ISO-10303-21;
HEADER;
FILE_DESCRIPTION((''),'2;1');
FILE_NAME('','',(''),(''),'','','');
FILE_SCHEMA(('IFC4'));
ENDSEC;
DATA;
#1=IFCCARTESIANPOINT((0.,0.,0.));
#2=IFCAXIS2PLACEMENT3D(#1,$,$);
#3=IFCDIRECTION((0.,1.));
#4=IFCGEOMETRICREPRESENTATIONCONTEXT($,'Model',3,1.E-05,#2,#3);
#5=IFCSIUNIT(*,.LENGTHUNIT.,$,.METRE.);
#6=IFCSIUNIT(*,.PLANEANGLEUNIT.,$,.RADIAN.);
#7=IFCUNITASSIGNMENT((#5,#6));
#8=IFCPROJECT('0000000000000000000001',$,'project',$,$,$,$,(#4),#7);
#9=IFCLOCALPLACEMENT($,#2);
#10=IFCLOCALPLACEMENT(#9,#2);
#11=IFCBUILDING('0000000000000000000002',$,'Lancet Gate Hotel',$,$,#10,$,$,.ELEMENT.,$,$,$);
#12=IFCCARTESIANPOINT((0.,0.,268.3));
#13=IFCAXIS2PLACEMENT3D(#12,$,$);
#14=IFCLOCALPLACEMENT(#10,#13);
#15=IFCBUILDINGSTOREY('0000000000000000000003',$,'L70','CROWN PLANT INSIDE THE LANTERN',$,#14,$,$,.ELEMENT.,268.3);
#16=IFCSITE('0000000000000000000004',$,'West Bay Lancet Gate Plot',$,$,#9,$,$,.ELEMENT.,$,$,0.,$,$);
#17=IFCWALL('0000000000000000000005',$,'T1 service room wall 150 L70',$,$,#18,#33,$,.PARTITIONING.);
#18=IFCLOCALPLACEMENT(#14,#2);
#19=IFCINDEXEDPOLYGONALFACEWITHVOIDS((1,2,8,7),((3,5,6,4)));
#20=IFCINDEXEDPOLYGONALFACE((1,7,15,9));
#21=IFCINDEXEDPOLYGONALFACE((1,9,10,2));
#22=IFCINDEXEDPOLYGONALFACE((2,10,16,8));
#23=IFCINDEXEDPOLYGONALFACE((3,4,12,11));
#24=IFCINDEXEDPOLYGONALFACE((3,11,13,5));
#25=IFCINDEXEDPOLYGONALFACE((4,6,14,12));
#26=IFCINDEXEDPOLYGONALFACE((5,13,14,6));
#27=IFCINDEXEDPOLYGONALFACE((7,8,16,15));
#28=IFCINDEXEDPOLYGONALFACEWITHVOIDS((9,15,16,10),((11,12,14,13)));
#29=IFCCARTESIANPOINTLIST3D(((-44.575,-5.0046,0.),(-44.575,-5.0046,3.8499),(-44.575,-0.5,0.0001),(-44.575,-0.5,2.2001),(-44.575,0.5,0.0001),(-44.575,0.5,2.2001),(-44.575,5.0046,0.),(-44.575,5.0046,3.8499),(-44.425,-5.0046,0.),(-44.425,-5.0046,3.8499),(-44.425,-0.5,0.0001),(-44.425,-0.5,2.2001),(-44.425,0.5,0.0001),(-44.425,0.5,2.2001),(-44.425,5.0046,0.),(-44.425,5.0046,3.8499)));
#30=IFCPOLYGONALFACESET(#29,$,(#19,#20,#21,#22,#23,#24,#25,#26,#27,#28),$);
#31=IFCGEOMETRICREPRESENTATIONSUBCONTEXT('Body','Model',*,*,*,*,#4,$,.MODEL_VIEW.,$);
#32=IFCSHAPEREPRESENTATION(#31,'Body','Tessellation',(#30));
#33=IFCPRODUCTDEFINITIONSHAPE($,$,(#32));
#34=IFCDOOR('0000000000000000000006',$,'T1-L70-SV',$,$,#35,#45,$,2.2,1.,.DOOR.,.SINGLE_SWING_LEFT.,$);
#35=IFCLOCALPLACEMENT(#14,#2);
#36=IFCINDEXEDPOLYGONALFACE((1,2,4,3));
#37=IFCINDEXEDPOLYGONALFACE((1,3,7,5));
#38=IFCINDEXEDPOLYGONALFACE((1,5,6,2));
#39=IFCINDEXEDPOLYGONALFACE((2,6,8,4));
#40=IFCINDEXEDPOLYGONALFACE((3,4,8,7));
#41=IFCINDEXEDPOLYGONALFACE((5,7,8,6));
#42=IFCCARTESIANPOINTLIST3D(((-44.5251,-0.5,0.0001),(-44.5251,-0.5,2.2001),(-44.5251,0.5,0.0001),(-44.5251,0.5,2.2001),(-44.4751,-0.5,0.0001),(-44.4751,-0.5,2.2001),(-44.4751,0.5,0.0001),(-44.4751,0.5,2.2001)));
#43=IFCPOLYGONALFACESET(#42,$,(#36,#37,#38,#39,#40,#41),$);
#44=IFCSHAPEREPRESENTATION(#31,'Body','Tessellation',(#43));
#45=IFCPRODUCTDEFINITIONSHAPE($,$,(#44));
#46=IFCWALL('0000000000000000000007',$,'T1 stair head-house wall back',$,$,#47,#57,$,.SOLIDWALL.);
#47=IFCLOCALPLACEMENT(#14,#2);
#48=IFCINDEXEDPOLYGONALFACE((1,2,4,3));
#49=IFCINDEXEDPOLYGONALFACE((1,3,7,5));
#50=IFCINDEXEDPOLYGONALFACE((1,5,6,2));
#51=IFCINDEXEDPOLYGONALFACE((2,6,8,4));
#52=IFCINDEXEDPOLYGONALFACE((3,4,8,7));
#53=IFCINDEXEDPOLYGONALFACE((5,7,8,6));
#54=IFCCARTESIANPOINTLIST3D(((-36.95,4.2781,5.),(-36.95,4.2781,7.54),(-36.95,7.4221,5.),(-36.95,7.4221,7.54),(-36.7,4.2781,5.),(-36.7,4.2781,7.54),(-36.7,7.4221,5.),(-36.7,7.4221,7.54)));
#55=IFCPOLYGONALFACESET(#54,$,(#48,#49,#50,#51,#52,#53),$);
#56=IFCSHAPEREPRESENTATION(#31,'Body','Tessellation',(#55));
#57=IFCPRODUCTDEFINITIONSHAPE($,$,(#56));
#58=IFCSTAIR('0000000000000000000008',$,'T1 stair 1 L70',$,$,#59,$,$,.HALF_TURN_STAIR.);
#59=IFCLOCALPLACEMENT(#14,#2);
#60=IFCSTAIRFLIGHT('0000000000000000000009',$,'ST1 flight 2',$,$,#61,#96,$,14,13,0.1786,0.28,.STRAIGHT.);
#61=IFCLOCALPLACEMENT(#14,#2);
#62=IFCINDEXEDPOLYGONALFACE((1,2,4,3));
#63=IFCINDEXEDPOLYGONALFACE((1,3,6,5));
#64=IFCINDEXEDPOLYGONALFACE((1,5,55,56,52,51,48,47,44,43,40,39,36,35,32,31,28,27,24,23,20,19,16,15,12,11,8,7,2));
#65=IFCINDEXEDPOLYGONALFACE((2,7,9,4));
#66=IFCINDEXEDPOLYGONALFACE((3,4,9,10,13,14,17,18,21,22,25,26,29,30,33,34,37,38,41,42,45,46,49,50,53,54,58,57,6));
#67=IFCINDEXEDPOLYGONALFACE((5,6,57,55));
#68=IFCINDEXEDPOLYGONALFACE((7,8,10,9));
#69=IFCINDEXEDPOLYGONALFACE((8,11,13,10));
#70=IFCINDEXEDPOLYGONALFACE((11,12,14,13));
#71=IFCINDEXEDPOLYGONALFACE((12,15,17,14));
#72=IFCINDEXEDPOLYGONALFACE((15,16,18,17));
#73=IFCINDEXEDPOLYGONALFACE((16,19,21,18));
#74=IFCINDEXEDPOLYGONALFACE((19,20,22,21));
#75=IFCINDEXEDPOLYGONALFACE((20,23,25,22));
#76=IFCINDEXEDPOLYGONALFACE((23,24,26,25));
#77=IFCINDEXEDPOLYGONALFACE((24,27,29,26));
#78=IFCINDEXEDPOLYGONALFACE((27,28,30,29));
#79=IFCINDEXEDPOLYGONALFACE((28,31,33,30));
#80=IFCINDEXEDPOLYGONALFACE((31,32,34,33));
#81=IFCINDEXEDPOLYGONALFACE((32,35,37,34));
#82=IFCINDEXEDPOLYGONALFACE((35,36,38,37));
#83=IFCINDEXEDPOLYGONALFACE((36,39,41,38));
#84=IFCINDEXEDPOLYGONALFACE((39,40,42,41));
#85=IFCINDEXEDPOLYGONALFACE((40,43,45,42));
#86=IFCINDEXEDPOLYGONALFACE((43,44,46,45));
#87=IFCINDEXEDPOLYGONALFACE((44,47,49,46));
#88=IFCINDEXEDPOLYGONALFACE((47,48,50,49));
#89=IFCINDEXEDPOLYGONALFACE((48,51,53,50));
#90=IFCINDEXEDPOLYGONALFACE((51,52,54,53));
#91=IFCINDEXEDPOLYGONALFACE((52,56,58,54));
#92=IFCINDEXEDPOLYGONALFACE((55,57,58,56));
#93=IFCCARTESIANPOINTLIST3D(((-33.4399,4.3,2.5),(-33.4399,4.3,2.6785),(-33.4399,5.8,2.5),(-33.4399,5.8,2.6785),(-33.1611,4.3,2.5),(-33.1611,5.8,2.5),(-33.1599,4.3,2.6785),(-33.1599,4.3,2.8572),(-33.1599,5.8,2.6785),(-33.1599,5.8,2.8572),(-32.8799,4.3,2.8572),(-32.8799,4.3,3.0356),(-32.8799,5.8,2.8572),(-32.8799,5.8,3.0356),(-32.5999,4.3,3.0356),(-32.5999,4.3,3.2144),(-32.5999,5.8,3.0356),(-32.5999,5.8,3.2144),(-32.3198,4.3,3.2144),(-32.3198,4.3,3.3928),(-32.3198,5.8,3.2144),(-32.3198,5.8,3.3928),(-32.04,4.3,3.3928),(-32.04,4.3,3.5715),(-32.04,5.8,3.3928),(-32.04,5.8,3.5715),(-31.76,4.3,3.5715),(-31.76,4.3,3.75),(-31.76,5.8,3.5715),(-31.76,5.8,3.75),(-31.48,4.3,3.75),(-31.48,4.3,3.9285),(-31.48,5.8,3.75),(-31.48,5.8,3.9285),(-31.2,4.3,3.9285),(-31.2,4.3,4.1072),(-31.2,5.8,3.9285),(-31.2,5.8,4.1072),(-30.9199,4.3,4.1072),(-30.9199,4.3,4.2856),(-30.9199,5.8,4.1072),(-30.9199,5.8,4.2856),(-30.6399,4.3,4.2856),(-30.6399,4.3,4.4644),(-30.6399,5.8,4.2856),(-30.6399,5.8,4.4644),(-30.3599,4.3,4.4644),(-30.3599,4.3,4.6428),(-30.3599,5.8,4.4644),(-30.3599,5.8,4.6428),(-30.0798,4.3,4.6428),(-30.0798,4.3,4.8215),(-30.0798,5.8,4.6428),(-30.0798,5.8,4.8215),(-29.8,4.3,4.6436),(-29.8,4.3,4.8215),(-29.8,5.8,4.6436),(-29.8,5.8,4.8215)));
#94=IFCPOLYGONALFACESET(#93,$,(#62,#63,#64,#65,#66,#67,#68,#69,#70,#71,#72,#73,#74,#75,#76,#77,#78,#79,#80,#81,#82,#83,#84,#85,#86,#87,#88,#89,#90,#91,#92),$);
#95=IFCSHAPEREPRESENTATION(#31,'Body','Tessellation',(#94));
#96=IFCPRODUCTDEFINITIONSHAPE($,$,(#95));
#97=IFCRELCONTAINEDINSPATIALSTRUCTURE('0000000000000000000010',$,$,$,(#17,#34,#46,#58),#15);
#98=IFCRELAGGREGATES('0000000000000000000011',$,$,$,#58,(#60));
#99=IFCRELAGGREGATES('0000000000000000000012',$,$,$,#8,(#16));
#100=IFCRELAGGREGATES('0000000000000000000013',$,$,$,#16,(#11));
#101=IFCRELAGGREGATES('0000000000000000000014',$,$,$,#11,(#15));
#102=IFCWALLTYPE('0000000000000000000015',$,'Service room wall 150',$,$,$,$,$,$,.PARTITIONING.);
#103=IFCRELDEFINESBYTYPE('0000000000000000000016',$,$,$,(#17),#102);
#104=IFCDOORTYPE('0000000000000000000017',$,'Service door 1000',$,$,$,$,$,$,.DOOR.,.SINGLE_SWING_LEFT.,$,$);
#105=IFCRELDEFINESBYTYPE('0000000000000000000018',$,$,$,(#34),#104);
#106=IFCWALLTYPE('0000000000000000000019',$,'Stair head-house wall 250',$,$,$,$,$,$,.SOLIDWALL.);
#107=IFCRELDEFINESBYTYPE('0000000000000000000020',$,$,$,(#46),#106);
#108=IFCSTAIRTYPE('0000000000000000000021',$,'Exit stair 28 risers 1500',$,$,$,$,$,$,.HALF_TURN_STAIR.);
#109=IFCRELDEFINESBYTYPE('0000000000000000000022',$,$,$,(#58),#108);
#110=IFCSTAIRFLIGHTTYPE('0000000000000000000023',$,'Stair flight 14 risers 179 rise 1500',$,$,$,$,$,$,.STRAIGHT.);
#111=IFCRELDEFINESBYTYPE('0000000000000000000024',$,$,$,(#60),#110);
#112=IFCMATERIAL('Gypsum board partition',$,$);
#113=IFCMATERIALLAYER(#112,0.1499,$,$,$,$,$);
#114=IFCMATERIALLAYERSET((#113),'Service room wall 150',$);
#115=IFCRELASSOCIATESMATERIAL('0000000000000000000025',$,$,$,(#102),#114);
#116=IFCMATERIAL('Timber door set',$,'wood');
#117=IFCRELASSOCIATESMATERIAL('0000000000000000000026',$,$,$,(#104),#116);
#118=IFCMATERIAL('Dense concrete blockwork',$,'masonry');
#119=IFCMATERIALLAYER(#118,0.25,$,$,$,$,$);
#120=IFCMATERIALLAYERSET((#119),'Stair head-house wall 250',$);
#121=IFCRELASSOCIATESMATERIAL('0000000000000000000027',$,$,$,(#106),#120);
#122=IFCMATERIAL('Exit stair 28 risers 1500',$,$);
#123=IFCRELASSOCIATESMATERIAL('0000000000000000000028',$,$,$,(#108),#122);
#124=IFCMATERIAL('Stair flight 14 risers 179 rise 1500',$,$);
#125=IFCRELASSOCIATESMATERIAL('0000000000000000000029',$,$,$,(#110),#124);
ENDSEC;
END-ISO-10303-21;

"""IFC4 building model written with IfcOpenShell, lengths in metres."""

from ifc_helpers import new_model, si_unit, direction, frame, frame_2d, origin, place, context, subcontext, project, spatial, polyline, rectangle, outline, extrude, material, layer, layer_set, type_object, element, fill, aggregate, save


model = new_model("IFC4")

# Units and contexts
model_context = context("Model", 3, precision=1e-05, world=origin(), true_north=direction((0.0, 1.0)))
body_context = subcontext(model_context, "Body", "Model", "MODEL_VIEW")
ifc_project = project(units=[si_unit("LENGTHUNIT", "METRE"), si_unit("PLANEANGLEUNIT", "RADIAN")], contexts=[model_context])

# Site, building, storey
site_placement = place(None, origin())
site = spatial("IfcSite", under=ifc_project, at=site_placement, Name="West Bay Lancet Gate Plot", CompositionType="ELEMENT", RefElevation=0.0)
building_placement = place(site_placement, origin())
building = spatial("IfcBuilding", under=site, at=building_placement, Name="Lancet Gate Hotel", CompositionType="ELEMENT")
storey_placement = place(building_placement, frame((0.0, 0.0, 268.3)))
storey = spatial("IfcBuildingStorey", under=building, at=storey_placement, Name="L70", Description="CROWN PLANT INSIDE THE LANTERN", CompositionType="ELEMENT", Elevation=268.3)

# Wall, opening, door
ifc_material_1 = material(Name="Gypsum board partition")
ifc_layer_1 = layer(ifc_material_1, 0.1499)
ifc_layer_set_1 = layer_set([ifc_layer_1], Name="Service room wall 150")
wall_type_1 = type_object("IfcWallType", Name="Service room wall 150", PredefinedType="PARTITIONING", material=ifc_layer_set_1)
wall_1_placement = place(storey_placement, frame((-44.5, 5.0046, 0.0), z_axis=(0.0, 0.0, 1.0), x_axis=(0.0, -1.0, 0.0)))
wall_1 = element("IfcWall", 1, at=wall_1_placement, inside=storey, type_object=wall_type_1, Name="T1 service room wall 150 L70", PredefinedType="PARTITIONING", context=body_context, shape_type="SweptSolid", body=[
    extrude(rectangle(XDim=10.0093, YDim=0.1499, at=frame_2d((5.0046, 0.0))), origin(), (0.0, 0.0, 1.0), 3.8499),
])
opening_1_placement = place(wall_1_placement, frame((4.5046, 0.0, 0.0)))
opening_1 = element("IfcOpeningElement", 2, at=opening_1_placement, cuts=wall_1, PredefinedType="OPENING", context=body_context, shape_type="SweptSolid", body=[
    extrude(rectangle(XDim=1.0, YDim=2.2, at=frame_2d((0.5, 1.1001))), frame((0.0, 0.085, 0.0), z_axis=(0.0, -1.0, 0.0), x_axis=(1.0, 0.0, 0.0)), (0.0, 0.0, 1.0), 0.1699),
])
ifc_material_2 = material(Name="Timber door set", Category="wood")
door_type_1 = type_object("IfcDoorType", Name="Service door 1000", OperationType="SINGLE_SWING_LEFT", PredefinedType="DOOR", material=ifc_material_2)
door_1_placement = place(opening_1_placement, origin())
door_1 = element("IfcDoor", 3, at=door_1_placement, inside=storey, type_object=door_type_1, Name="T1-L70-SV", OperationType="SINGLE_SWING_LEFT", OverallHeight=2.2, OverallWidth=1.0, PredefinedType="DOOR", context=body_context, shape_type="SweptSolid", body=[
    extrude(rectangle(XDim=1.0, YDim=2.2, at=frame_2d((0.5, 1.1001))), frame((0.0, 0.0249, 0.0), z_axis=(0.0, -1.0, 0.0), x_axis=(1.0, 0.0, 0.0)), (0.0, 0.0, 1.0), 0.05),
])
fill(opening_1, door_1)

# Wall
ifc_material_3 = material(Name="Dense concrete blockwork", Category="masonry")
ifc_layer_2 = layer(ifc_material_3, 0.25)
ifc_layer_set_2 = layer_set([ifc_layer_2], Name="Stair head-house wall 250")
wall_type_2 = type_object("IfcWallType", Name="Stair head-house wall 250", PredefinedType="SOLIDWALL", material=ifc_layer_set_2)
wall_2_placement = place(storey_placement, frame((-36.825, 7.4221, 5.0), z_axis=(0.0, 0.0, 1.0), x_axis=(0.0, -1.0, 0.0)))
element("IfcWall", 4, at=wall_2_placement, inside=storey, type_object=wall_type_2, Name="T1 stair head-house wall back", PredefinedType="SOLIDWALL", context=body_context, shape_type="SweptSolid", body=[
    extrude(rectangle(XDim=3.144, YDim=0.25, at=frame_2d((1.572, 0.0))), origin(), (0.0, 0.0, 1.0), 2.54),
])

# Stair, stair flight
ifc_material_4 = material(Name="Exit stair 28 risers 1500")
stair_type = type_object("IfcStairType", Name="Exit stair 28 risers 1500", PredefinedType="HALF_TURN_STAIR", material=ifc_material_4)
stair_placement = place(storey_placement, origin())
stair = element("IfcStair", 5, at=stair_placement, inside=storey, type_object=stair_type, Name="T1 stair 1 L70", PredefinedType="HALF_TURN_STAIR")
ifc_material_5 = material(Name="Stair flight 14 risers 179 rise 1500")
stair_flight_type = type_object("IfcStairFlightType", Name="Stair flight 14 risers 179 rise 1500", PredefinedType="STRAIGHT", material=ifc_material_5)
stair_flight_placement = place(storey_placement, frame((-33.4399, 5.05, 2.5), z_axis=(0.0, 0.0, 1.0), x_axis=(1.0, 0.0, 0.0)))
stair_flight = element("IfcStairFlight", 6, at=stair_flight_placement, type_object=stair_flight_type, Name="ST1 flight 2", NumberOfRisers=14, NumberOfTreads=13, PredefinedType="STRAIGHT", RiserHeight=0.1786, TreadLength=0.28, context=body_context, shape_type="SweptSolid", body=[
    extrude(outline(polyline([(0.0, 0.0), (0.0, 0.1785), (0.28, 0.1785), (0.28, 0.3572), (0.5601, 0.3572), (0.5601, 0.5356), (0.8401, 0.5356), (0.8401, 0.7144), (1.1201, 0.7144), (1.1201, 0.8928), (1.3999, 0.8928), (1.3999, 1.0715), (1.6799, 1.0715), (1.6799, 1.25), (1.96, 1.25), (1.96, 1.4285), (2.24, 1.4285), (2.24, 1.6072), (2.52, 1.6072), (2.52, 1.7856), (2.8, 1.7856), (2.8, 1.9644), (3.0801, 1.9644), (3.0801, 2.1428), (3.3601, 2.1428), (3.3601, 2.3215), (3.6399, 2.3215), (3.6399, 2.5), (3.6399, 2.1436), (0.2788, 0.0), (0.0, 0.0)])), frame((0.0, 0.75, 0.0), z_axis=(0.0, -1.0, 0.0), x_axis=(1.0, 0.0, 0.0)), (0.0, 0.0, 1.0), 1.5),
])
aggregate(stair, [stair_flight])

save(model, "model.ifc")
